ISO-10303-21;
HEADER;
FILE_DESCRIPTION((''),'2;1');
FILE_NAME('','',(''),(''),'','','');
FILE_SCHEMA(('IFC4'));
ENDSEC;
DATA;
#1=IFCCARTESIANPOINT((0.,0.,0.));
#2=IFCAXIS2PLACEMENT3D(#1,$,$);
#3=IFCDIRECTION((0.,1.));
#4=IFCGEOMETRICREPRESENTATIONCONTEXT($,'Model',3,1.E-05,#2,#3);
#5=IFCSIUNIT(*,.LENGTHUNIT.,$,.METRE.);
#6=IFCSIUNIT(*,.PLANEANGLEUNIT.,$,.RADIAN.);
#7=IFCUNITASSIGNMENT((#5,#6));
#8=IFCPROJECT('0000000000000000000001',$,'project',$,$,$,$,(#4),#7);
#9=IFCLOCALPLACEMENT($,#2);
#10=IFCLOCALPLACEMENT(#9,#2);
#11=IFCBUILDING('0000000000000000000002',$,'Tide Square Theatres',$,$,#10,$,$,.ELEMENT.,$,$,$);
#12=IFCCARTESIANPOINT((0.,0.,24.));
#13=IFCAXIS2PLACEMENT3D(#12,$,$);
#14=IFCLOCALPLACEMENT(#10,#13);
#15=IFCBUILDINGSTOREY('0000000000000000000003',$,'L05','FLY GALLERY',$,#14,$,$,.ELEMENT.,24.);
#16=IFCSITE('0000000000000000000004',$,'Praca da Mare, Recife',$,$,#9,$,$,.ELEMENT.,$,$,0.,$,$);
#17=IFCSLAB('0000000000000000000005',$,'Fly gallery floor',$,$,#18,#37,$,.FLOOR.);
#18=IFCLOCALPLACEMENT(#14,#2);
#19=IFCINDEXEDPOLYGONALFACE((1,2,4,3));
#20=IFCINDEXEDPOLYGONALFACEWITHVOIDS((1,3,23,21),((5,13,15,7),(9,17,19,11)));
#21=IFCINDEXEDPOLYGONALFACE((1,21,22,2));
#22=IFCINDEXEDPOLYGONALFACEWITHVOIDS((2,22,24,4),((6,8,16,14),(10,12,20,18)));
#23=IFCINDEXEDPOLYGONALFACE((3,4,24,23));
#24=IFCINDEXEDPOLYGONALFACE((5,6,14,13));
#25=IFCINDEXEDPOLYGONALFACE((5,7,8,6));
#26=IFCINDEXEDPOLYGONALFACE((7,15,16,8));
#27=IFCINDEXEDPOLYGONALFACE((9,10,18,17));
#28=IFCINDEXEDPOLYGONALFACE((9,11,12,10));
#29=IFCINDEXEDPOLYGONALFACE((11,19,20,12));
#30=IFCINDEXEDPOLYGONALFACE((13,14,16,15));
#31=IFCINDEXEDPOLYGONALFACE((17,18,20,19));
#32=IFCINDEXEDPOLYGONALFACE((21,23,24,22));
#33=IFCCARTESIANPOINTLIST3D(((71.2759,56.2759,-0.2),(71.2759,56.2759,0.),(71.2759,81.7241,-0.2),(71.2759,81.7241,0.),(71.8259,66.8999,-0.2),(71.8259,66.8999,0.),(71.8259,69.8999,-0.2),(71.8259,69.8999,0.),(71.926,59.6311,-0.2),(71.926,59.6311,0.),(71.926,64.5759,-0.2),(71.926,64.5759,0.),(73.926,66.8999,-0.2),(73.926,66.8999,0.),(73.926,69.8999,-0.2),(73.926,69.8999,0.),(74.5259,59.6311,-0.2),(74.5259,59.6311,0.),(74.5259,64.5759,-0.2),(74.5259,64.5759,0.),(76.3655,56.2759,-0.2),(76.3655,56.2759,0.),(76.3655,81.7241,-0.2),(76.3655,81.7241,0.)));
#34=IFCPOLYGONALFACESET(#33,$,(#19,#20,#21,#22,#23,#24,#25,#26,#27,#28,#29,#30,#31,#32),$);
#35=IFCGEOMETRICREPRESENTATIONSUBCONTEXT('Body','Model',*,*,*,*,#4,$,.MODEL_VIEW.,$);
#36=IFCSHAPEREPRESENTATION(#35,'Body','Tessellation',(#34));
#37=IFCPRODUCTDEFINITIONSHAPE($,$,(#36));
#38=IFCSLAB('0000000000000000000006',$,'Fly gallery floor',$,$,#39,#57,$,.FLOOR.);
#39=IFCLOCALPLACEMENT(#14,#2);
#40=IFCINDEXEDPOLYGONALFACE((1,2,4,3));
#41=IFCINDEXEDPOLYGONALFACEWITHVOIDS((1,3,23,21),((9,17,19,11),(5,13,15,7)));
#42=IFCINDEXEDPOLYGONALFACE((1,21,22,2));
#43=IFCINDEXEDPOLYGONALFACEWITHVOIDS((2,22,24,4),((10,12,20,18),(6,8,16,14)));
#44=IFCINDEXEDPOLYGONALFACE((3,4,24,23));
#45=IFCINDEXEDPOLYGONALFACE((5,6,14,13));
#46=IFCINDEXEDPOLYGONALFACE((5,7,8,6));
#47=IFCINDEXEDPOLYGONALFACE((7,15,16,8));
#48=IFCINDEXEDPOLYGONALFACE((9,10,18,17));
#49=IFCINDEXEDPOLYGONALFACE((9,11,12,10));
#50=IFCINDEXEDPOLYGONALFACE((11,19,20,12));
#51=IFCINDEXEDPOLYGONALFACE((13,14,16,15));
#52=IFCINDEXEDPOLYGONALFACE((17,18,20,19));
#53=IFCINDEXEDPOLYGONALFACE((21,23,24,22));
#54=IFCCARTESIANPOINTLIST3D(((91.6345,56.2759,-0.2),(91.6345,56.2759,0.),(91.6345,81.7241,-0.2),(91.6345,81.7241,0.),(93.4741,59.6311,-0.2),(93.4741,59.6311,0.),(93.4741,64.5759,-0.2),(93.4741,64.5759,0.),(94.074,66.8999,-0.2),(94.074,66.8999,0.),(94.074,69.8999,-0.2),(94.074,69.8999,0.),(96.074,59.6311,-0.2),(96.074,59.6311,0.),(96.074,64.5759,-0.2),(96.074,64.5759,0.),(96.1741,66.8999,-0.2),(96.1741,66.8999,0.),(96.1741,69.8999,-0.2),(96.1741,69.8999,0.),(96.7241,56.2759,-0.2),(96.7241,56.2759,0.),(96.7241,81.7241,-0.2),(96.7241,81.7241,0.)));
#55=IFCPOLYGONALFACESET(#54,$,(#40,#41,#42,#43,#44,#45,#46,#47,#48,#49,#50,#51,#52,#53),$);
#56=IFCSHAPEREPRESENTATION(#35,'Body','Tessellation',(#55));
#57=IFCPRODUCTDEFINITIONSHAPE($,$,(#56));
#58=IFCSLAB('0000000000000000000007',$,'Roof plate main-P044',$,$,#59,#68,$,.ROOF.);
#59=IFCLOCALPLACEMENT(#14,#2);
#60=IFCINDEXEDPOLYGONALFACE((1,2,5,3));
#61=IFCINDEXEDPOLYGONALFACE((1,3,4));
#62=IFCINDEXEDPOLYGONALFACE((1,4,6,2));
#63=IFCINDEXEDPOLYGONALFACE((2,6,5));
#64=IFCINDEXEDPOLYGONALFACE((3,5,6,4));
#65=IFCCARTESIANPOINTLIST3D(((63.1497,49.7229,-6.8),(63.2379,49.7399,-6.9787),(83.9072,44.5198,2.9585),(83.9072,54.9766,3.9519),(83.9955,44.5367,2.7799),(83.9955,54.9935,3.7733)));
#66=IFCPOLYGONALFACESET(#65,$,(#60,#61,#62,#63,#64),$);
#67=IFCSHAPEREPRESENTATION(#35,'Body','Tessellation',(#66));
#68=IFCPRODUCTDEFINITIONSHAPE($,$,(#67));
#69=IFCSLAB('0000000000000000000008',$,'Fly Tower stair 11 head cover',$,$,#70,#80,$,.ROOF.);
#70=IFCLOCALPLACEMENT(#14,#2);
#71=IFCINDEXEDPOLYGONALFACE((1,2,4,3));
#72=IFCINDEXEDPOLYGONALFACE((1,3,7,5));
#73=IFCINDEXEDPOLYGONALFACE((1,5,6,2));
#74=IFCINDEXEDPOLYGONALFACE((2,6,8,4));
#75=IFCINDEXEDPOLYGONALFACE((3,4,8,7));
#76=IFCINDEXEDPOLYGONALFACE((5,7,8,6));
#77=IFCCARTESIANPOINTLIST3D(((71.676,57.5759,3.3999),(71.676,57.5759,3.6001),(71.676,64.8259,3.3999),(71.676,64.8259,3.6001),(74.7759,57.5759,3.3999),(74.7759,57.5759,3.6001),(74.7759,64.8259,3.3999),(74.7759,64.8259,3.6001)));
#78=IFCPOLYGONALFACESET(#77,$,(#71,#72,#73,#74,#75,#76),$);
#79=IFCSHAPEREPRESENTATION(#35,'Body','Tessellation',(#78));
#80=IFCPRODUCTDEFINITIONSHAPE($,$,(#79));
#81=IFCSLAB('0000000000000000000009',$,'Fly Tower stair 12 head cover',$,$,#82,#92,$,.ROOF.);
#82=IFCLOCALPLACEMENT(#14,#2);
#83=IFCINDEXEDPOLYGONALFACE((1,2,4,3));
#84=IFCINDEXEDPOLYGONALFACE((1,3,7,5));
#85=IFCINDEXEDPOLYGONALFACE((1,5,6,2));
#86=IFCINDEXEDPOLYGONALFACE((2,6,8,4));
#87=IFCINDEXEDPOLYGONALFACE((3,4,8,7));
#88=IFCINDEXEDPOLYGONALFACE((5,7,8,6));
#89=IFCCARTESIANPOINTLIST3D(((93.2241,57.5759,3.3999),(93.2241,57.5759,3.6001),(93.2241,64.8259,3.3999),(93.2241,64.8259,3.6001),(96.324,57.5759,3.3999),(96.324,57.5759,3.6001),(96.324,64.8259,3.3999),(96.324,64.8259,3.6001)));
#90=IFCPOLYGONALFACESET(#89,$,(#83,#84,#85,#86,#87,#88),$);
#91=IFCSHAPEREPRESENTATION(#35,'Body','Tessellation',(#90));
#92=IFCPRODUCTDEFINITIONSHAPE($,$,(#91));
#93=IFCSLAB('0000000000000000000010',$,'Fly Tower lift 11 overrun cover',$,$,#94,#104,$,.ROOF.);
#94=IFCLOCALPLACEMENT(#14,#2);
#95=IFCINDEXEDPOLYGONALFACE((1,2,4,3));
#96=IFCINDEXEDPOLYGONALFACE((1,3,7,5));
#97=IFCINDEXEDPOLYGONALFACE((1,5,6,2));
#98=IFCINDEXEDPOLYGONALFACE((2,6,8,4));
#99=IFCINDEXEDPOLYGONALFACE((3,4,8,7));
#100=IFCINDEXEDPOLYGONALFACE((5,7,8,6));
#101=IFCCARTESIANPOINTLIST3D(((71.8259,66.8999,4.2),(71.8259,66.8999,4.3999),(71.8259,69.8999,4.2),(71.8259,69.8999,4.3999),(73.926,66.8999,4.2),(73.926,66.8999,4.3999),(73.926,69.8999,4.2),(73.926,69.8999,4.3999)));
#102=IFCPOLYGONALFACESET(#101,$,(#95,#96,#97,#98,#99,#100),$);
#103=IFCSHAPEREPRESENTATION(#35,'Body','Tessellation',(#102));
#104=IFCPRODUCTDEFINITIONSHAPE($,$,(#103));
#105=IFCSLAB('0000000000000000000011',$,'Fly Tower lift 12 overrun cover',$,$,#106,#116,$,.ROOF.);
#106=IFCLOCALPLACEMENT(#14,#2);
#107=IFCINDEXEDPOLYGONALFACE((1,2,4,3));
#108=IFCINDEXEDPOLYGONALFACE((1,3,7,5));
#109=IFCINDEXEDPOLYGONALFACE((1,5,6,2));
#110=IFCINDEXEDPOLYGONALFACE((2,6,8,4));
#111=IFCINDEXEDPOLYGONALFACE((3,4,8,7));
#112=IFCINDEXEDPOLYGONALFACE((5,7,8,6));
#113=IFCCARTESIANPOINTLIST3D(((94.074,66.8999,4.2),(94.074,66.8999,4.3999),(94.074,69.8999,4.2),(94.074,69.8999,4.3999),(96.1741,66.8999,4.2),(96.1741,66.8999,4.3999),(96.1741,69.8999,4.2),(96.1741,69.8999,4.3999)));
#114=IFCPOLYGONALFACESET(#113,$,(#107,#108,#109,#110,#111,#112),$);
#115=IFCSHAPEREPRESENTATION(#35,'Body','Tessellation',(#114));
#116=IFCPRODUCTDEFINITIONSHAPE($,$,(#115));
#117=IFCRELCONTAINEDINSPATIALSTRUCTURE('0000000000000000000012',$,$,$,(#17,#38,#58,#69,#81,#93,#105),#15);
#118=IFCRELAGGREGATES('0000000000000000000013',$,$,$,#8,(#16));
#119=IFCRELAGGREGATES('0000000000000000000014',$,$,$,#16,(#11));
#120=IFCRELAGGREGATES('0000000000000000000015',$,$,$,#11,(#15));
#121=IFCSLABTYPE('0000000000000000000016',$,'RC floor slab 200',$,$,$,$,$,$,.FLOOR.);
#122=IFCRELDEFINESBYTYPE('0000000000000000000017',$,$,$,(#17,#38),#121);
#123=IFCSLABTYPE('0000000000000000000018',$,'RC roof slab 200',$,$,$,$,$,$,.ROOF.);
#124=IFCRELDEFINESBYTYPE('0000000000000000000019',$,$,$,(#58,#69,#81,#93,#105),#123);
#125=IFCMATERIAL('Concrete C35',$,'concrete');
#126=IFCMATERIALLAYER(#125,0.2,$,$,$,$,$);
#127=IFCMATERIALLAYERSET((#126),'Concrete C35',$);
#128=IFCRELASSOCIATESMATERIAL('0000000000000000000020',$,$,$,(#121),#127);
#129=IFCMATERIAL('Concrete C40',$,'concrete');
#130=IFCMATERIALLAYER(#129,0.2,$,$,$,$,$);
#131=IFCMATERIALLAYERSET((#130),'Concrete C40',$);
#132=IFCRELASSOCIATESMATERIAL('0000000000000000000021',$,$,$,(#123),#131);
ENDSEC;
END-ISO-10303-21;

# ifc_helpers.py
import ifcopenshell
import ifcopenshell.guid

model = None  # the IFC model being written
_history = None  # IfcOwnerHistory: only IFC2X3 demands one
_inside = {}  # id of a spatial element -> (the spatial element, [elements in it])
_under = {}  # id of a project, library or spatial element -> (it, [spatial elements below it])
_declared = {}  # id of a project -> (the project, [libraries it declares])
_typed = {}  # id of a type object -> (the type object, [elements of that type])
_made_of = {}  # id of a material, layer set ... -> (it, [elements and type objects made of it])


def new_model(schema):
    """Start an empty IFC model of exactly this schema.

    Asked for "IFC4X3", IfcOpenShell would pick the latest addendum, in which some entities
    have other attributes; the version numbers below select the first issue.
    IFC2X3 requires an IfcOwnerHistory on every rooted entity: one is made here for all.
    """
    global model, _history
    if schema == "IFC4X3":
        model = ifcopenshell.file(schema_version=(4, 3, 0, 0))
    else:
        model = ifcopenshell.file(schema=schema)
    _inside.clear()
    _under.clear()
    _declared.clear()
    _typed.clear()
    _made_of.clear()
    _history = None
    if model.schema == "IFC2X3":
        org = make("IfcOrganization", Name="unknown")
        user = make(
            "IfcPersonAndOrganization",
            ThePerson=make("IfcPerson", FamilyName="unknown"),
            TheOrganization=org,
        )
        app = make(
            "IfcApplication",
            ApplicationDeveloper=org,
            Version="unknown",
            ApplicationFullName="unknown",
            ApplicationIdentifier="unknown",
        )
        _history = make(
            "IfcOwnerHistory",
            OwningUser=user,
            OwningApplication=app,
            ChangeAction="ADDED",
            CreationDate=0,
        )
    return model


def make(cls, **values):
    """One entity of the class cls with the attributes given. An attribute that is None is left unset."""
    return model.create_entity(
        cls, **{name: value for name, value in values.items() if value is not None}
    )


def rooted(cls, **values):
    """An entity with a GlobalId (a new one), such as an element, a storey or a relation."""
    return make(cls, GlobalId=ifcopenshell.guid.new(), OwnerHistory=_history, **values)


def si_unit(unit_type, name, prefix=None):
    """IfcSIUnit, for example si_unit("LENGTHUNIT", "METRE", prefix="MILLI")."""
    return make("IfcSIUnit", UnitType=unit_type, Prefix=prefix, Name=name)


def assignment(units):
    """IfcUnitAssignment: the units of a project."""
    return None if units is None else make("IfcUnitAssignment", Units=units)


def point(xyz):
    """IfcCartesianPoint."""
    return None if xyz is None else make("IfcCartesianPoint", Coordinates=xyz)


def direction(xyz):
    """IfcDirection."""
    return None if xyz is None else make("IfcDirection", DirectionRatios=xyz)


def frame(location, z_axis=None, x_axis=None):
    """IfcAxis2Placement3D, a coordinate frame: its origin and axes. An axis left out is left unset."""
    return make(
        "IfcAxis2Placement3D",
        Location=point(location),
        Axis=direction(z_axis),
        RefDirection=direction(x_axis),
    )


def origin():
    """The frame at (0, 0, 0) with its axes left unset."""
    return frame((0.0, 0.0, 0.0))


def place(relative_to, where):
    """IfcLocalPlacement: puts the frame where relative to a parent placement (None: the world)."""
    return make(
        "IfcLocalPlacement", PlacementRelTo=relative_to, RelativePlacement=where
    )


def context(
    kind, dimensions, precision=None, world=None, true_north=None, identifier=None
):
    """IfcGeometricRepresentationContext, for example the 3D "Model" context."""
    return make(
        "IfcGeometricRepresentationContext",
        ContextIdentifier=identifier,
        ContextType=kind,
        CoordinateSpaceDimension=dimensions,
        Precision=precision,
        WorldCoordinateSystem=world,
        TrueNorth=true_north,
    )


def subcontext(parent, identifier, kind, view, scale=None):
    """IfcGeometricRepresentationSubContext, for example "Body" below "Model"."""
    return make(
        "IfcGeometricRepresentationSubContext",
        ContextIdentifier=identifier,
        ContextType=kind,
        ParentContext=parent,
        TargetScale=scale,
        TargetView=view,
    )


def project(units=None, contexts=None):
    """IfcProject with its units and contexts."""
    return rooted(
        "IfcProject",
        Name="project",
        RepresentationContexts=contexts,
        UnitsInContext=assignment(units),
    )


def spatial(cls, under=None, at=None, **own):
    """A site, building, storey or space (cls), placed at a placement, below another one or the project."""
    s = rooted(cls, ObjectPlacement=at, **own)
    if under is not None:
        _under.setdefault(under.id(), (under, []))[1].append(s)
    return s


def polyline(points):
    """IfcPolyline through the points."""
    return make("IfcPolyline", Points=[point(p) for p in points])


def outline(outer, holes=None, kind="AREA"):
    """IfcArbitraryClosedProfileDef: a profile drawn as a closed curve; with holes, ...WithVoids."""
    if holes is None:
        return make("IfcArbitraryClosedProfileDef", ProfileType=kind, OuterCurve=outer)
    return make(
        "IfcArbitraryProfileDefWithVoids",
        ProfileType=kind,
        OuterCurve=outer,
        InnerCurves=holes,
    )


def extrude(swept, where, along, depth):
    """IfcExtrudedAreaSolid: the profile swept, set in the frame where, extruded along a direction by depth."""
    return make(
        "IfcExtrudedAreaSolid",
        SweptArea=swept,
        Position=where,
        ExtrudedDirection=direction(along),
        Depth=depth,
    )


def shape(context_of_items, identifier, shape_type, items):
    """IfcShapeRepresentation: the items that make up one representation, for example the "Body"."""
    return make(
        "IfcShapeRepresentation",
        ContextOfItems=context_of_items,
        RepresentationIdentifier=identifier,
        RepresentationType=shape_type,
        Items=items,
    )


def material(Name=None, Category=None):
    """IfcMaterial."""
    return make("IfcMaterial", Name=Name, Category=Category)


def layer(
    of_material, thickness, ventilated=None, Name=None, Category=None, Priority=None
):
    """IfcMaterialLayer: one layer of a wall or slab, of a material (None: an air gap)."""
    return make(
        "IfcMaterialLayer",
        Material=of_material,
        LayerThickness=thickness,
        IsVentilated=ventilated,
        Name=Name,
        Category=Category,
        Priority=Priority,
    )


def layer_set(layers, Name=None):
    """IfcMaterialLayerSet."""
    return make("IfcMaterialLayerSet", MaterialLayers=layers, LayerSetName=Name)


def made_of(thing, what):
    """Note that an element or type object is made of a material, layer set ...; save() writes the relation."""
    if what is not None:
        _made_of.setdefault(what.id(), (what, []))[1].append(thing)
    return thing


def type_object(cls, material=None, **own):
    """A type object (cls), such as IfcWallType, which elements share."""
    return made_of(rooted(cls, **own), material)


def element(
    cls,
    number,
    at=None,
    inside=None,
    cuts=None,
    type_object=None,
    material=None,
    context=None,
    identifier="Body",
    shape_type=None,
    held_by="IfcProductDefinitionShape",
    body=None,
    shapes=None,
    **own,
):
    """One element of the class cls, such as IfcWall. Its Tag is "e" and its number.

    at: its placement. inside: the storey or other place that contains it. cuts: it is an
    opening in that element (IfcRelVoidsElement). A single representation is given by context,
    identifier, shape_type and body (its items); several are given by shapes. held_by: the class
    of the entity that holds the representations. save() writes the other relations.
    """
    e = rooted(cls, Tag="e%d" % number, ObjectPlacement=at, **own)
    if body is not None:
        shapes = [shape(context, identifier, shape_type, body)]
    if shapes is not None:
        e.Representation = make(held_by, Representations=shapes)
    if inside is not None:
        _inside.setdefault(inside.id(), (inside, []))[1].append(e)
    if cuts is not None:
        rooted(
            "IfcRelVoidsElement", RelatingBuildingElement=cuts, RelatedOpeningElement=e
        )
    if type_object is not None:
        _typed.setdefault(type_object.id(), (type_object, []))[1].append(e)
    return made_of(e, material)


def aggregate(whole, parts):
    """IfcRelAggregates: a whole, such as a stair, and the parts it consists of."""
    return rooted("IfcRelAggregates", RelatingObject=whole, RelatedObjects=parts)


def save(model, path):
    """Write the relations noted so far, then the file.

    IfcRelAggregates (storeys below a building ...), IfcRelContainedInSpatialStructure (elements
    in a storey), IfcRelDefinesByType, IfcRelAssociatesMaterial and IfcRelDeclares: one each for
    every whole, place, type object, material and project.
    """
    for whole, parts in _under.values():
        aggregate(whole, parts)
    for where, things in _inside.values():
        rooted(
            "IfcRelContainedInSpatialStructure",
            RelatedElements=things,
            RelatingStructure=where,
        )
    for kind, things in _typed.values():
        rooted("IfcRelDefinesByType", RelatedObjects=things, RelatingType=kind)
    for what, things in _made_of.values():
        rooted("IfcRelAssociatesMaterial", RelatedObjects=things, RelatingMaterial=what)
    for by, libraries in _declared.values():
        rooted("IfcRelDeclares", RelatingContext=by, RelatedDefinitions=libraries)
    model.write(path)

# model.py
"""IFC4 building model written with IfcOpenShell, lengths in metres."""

from ifc_helpers import new_model, si_unit, direction, frame, origin, place, context, subcontext, project, spatial, polyline, outline, extrude, material, layer, layer_set, type_object, element, save


model = new_model("IFC4")

# Units and contexts
model_context = context("Model", 3, precision=1e-05, world=origin(), true_north=direction((0.0, 1.0)))
body_context = subcontext(model_context, "Body", "Model", "MODEL_VIEW")
ifc_project = project(units=[si_unit("LENGTHUNIT", "METRE"), si_unit("PLANEANGLEUNIT", "RADIAN")], contexts=[model_context])

# Site, building, storey
site_placement = place(None, origin())
site = spatial("IfcSite", under=ifc_project, at=site_placement, Name="Praca da Mare, Recife", CompositionType="ELEMENT", RefElevation=0.0)
building_placement = place(site_placement, origin())
building = spatial("IfcBuilding", under=site, at=building_placement, Name="Tide Square Theatres", CompositionType="ELEMENT")
storey_placement = place(building_placement, frame((0.0, 0.0, 24.0)))
storey = spatial("IfcBuildingStorey", under=building, at=storey_placement, Name="L05", Description="FLY GALLERY", CompositionType="ELEMENT", Elevation=24.0)

# Slabs
ifc_material_1 = material(Name="Concrete C35", Category="concrete")
ifc_layer_1 = layer(ifc_material_1, 0.2)
ifc_layer_set_1 = layer_set([ifc_layer_1], Name="Concrete C35")
slab_type_1 = type_object("IfcSlabType", Name="RC floor slab 200", PredefinedType="FLOOR", material=ifc_layer_set_1)
slab_1_placement = place(storey_placement, frame((0.0, 0.0, -0.2)))
element("IfcSlab", 1, at=slab_1_placement, inside=storey, type_object=slab_type_1, Name="Fly gallery floor", PredefinedType="FLOOR", context=body_context, shape_type="SweptSolid", body=[
    extrude(outline(polyline([(76.3655, 56.2759), (76.3655, 81.7241), (71.2759, 81.7241), (71.2759, 56.2759), (76.3655, 56.2759)]), holes=[polyline([(71.926, 59.6311), (74.5259, 59.6311), (74.5259, 64.5759), (71.926, 64.5759), (71.926, 59.6311)]), polyline([(71.8259, 66.8999), (73.926, 66.8999), (73.926, 69.8999), (71.8259, 69.8999), (71.8259, 66.8999)])]), origin(), (0.0, 0.0, 1.0), 0.2),
])
slab_2_placement = place(storey_placement, frame((0.0, 0.0, -0.2)))
element("IfcSlab", 2, at=slab_2_placement, inside=storey, type_object=slab_type_1, Name="Fly gallery floor", PredefinedType="FLOOR", context=body_context, shape_type="SweptSolid", body=[
    extrude(outline(polyline([(96.7241, 56.2759), (96.7241, 81.7241), (91.6345, 81.7241), (91.6345, 56.2759), (96.7241, 56.2759)]), holes=[polyline([(93.4741, 59.6311), (96.074, 59.6311), (96.074, 64.5759), (93.4741, 64.5759), (93.4741, 59.6311)]), polyline([(94.074, 66.8999), (96.1741, 66.8999), (96.1741, 69.8999), (94.074, 69.8999), (94.074, 66.8999)])]), origin(), (0.0, 0.0, 1.0), 0.2),
])
ifc_material_2 = material(Name="Concrete C40", Category="concrete")
ifc_layer_2 = layer(ifc_material_2, 0.2)
ifc_layer_set_2 = layer_set([ifc_layer_2], Name="Concrete C40")
slab_type_2 = type_object("IfcSlabType", Name="RC roof slab 200", PredefinedType="ROOF", material=ifc_layer_set_2)
slab_3_placement = place(storey_placement, frame((63.1497, 49.7229, -6.8), z_axis=(-0.441259, -0.08487, 0.893358), x_axis=(0.882559, -0.221224, 0.414909)))
element("IfcSlab", 3, at=slab_3_placement, inside=storey, type_object=slab_type_2, Name="Roof plate main-P044", PredefinedType="ROOF", context=body_context, shape_type="SweptSolid", body=[
    extrude(outline(polyline([(0.0, 0.0), (23.5197, 0.0), (21.6186, 10.3304), (0.0, 0.0)])), origin(), (0.0, 0.0, -1.0), 0.2),
])
slab_4_placement = place(storey_placement, frame((0.0, 0.0, 3.3999)))
element("IfcSlab", 4, at=slab_4_placement, inside=storey, type_object=slab_type_2, Name="Fly Tower stair 11 head cover", PredefinedType="ROOF", context=body_context, shape_type="SweptSolid", body=[
    extrude(outline(polyline([(74.7759, 57.5759), (74.7759, 64.8259), (71.676, 64.8259), (71.676, 57.5759), (74.7759, 57.5759)])), origin(), (0.0, 0.0, 1.0), 0.2002),
])
slab_5_placement = place(storey_placement, frame((0.0, 0.0, 3.3999)))
element("IfcSlab", 5, at=slab_5_placement, inside=storey, type_object=slab_type_2, Name="Fly Tower stair 12 head cover", PredefinedType="ROOF", context=body_context, shape_type="SweptSolid", body=[
    extrude(outline(polyline([(96.324, 57.5759), (96.324, 64.8259), (93.2241, 64.8259), (93.2241, 57.5759), (96.324, 57.5759)])), origin(), (0.0, 0.0, 1.0), 0.2002),
])
slab_6_placement = place(storey_placement, frame((0.0, 0.0, 4.2)))
element("IfcSlab", 6, at=slab_6_placement, inside=storey, type_object=slab_type_2, Name="Fly Tower lift 11 overrun cover", PredefinedType="ROOF", context=body_context, shape_type="SweptSolid", body=[
    extrude(outline(polyline([(71.8259, 66.8999), (73.926, 66.8999), (73.926, 69.8999), (71.8259, 69.8999), (71.8259, 66.8999)])), origin(), (0.0, 0.0, 1.0), 0.2),
])
slab_7_placement = place(storey_placement, frame((0.0, 0.0, 4.2)))
element("IfcSlab", 7, at=slab_7_placement, inside=storey, type_object=slab_type_2, Name="Fly Tower lift 12 overrun cover", PredefinedType="ROOF", context=body_context, shape_type="SweptSolid", body=[
    extrude(outline(polyline([(94.074, 66.8999), (96.1741, 66.8999), (96.1741, 69.8999), (94.074, 69.8999), (94.074, 66.8999)])), origin(), (0.0, 0.0, 1.0), 0.2),
])

save(model, "model.ifc")
